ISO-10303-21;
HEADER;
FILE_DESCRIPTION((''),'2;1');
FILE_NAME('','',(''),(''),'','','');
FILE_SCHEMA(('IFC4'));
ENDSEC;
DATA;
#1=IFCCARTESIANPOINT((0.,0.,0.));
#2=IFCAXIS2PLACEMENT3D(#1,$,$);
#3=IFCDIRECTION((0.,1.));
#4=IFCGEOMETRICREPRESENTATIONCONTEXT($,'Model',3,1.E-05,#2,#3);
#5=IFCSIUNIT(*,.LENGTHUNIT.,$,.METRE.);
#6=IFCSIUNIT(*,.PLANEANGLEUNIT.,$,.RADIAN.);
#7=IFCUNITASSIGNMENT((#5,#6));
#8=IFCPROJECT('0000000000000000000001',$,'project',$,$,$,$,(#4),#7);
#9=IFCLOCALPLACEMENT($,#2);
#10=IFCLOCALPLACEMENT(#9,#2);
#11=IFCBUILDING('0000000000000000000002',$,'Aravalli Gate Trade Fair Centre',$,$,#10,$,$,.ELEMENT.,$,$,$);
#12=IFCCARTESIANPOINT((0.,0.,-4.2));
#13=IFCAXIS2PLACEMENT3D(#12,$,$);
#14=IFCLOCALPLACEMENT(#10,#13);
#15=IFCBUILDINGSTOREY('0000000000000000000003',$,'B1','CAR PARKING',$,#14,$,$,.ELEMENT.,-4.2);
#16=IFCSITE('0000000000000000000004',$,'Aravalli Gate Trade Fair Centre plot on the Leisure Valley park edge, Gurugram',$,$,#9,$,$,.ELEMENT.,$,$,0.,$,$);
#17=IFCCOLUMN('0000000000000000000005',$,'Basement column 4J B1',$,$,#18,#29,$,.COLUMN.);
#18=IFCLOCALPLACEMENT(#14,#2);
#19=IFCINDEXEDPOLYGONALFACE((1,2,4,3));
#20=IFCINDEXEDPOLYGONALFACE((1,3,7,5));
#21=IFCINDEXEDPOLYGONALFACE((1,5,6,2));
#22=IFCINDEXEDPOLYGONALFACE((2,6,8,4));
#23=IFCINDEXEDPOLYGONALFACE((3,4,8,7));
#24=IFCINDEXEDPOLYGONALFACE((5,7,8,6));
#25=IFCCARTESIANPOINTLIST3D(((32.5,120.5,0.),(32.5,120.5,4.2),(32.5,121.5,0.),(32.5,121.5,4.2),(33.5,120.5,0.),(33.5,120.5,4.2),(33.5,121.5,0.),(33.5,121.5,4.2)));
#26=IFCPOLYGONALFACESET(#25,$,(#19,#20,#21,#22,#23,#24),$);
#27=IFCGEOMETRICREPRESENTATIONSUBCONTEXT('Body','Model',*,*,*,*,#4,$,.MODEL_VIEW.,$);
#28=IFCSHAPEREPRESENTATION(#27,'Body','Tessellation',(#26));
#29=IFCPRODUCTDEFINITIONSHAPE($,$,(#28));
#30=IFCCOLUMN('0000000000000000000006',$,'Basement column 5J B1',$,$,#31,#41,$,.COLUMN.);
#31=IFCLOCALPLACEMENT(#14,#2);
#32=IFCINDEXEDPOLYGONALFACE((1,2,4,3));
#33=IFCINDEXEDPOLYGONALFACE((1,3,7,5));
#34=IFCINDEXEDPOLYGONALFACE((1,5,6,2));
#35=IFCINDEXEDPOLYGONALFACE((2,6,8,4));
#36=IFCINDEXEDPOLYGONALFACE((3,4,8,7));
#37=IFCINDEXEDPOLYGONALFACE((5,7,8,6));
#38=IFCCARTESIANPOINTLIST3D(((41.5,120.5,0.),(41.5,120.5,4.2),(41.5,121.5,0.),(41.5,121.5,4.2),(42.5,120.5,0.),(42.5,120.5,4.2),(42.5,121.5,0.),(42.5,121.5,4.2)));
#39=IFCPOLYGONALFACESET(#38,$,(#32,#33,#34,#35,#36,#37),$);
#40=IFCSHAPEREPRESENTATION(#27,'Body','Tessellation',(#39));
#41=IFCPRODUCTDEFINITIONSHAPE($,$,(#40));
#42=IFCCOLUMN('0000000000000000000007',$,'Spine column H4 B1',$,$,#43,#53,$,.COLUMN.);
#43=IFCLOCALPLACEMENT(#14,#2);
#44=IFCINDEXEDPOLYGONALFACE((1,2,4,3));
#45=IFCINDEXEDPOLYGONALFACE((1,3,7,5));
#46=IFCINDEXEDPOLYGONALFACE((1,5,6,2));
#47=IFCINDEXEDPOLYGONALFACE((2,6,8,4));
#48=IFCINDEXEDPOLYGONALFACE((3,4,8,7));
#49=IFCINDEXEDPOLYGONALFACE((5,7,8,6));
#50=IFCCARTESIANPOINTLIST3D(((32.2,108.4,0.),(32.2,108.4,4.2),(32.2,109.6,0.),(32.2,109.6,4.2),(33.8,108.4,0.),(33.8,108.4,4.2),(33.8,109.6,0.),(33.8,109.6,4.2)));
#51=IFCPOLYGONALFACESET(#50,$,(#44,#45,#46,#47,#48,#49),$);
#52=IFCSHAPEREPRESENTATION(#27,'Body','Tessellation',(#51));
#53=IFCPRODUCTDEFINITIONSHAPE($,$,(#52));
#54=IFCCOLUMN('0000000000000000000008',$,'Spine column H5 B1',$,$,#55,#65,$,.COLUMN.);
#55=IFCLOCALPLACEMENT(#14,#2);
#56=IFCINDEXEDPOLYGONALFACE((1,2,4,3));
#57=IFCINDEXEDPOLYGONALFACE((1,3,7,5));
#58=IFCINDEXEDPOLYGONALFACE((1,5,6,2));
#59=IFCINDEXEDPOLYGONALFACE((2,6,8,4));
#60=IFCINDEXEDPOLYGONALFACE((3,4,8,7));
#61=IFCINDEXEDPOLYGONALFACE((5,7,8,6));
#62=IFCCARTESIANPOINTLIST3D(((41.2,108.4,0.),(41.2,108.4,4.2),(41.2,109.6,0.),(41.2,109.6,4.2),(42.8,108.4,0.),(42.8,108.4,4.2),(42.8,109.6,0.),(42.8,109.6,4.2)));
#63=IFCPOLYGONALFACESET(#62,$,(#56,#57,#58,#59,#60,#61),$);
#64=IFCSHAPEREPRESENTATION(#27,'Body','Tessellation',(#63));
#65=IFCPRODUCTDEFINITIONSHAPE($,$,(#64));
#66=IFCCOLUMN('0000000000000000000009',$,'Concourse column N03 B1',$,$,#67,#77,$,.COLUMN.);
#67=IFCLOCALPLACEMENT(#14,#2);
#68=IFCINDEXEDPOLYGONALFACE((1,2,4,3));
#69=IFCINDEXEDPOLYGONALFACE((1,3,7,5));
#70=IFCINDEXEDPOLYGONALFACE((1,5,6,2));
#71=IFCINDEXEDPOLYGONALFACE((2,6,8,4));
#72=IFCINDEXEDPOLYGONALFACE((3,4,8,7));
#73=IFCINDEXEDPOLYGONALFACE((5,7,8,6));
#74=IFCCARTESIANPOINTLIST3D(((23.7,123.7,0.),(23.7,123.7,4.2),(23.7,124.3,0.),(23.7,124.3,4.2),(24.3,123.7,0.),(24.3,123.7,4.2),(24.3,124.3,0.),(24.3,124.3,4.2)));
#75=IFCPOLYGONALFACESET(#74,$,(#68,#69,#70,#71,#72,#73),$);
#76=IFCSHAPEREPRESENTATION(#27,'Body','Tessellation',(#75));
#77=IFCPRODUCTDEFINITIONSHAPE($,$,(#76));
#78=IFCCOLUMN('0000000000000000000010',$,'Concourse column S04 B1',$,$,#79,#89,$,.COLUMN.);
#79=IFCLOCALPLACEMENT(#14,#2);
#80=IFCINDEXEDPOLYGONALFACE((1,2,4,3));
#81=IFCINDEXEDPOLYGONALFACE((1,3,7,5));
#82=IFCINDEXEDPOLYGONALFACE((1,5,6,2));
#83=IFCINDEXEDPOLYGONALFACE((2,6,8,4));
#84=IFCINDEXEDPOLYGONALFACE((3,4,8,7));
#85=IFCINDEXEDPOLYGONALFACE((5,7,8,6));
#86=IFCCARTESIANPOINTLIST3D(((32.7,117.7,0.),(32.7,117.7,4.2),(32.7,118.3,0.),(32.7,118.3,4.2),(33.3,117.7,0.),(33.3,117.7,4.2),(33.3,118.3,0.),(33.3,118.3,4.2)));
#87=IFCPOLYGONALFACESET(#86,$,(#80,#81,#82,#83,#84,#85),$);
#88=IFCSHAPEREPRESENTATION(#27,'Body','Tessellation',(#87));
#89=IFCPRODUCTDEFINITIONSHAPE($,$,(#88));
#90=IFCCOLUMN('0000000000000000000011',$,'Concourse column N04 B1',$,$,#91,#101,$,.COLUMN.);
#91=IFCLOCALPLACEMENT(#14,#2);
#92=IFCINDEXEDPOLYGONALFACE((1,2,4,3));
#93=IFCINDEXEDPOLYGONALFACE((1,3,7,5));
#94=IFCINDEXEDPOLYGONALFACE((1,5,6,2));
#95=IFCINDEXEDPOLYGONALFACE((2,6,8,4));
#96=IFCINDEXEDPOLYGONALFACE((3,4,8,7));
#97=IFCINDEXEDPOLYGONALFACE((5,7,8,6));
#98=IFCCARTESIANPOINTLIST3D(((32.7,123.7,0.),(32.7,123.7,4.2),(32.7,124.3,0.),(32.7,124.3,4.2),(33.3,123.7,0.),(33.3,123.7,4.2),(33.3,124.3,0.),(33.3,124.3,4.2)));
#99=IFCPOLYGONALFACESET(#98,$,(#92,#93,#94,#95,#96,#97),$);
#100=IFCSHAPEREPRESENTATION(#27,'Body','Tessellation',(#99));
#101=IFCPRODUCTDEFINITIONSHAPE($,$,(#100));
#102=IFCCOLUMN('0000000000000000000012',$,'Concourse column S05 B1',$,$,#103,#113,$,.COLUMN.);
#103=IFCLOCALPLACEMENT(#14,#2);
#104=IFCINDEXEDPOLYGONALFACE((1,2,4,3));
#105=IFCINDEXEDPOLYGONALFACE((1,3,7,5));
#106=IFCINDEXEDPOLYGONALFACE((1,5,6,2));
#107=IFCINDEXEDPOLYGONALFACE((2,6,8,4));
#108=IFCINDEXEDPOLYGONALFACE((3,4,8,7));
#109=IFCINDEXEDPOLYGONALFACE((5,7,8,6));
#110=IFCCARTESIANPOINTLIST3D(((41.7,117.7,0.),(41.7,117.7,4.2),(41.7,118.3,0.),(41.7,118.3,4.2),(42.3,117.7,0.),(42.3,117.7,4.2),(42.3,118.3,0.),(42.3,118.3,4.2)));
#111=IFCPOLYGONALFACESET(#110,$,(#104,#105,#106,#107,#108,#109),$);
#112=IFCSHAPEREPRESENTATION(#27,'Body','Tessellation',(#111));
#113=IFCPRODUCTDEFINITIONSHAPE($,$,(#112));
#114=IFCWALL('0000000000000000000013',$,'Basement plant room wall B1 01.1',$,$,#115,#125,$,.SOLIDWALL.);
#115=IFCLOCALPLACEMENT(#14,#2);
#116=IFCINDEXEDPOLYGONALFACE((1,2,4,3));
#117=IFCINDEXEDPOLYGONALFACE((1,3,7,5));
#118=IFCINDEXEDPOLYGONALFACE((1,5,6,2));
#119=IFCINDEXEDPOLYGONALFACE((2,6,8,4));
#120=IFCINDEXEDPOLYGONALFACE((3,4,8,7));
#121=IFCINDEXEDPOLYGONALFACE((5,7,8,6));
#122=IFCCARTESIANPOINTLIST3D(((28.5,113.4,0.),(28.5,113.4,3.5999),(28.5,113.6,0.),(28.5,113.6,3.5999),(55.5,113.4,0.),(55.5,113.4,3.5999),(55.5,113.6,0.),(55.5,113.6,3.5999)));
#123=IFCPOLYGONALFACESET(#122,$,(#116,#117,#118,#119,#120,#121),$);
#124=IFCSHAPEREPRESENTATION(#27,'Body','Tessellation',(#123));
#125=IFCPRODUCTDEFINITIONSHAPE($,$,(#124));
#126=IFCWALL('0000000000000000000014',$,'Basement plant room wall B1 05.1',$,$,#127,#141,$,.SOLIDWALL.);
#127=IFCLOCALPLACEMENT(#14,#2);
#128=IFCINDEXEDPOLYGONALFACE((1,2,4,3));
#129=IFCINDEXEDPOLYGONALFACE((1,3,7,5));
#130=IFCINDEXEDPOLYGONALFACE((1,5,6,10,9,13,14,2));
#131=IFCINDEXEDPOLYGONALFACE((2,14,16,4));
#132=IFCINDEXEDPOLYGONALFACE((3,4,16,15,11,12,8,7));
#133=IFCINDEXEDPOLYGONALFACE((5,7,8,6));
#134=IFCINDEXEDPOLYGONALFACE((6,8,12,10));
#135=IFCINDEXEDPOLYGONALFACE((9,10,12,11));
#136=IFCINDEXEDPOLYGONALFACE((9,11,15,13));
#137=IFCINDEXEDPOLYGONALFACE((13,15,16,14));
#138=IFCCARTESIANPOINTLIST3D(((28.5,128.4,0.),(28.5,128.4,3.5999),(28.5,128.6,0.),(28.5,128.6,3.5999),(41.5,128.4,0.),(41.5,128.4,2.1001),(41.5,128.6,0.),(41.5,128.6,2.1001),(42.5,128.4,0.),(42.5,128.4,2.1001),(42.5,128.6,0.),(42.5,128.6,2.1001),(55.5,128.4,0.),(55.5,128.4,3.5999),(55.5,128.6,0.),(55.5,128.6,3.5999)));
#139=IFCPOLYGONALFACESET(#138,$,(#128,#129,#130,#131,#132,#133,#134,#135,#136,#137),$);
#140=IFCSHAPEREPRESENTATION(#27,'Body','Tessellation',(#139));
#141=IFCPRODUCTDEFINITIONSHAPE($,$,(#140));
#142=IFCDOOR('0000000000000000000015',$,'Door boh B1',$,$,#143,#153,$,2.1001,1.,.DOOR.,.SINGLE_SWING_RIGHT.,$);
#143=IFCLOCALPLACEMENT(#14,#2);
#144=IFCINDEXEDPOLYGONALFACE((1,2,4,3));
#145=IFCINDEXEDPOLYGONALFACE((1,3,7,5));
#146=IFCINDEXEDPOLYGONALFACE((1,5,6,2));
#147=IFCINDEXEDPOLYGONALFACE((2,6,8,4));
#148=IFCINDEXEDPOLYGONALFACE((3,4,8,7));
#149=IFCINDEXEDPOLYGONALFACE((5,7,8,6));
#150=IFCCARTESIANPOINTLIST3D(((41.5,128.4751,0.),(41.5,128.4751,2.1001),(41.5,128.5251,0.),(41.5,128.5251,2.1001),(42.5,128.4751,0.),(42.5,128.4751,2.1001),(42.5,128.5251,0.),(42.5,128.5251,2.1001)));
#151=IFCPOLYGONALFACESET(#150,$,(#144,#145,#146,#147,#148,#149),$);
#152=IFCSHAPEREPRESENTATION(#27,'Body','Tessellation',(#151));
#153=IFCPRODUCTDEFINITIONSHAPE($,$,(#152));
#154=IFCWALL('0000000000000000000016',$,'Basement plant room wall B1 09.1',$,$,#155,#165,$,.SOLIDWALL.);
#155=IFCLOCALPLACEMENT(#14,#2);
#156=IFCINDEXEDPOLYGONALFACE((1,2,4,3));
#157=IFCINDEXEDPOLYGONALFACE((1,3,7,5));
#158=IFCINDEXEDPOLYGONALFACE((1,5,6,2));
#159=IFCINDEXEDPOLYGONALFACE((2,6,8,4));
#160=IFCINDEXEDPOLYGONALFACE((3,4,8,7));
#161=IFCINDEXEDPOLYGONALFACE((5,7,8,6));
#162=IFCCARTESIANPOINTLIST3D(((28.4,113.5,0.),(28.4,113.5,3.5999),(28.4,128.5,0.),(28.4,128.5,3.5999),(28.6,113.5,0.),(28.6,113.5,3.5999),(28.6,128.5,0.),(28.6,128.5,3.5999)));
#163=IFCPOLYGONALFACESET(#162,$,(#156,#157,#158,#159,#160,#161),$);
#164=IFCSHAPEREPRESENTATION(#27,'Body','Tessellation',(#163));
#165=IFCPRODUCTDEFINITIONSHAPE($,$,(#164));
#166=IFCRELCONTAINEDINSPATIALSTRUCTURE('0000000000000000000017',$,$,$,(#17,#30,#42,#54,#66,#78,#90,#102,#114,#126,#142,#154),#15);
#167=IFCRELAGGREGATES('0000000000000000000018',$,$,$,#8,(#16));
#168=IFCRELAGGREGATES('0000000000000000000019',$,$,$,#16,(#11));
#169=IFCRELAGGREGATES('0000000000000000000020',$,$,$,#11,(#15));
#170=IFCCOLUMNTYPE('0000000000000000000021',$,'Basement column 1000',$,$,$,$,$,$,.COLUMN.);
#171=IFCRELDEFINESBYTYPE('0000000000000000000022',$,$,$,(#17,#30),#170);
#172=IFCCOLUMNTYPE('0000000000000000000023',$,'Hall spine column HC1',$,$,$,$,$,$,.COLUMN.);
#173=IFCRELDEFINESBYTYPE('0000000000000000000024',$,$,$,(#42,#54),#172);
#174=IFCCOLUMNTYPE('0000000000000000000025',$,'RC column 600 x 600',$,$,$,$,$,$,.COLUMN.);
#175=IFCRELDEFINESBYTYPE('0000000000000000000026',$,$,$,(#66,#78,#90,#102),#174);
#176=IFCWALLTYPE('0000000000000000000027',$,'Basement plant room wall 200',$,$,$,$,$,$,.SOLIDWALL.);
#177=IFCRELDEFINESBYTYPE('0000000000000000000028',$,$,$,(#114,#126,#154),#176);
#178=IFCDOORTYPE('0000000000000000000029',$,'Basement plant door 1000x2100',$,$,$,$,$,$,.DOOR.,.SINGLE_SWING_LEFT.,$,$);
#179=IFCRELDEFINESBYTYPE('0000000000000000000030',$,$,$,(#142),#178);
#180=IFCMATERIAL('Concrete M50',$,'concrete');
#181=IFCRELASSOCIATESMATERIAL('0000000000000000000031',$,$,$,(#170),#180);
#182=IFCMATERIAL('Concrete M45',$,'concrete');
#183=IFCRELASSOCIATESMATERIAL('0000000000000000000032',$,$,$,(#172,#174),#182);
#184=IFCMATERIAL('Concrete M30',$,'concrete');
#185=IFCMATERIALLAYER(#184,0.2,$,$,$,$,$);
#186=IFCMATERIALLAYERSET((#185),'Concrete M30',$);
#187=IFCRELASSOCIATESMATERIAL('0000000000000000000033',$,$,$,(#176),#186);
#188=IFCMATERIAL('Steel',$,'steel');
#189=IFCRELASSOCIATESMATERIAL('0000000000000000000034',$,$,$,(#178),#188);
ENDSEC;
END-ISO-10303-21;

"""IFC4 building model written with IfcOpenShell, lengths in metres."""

from ifc_helpers import new_model, si_unit, direction, frame, frame_2d, origin, origin_2d, place, context, subcontext, project, spatial, rectangle, extrude, material, layer, layer_set, material_profile, profile_set, type_object, element, fill, save


model = new_model("IFC4")

# Units and contexts
model_context = context("Model", 3, precision=1e-05, world=origin(), true_north=direction((0.0, 1.0)))
body_context = subcontext(model_context, "Body", "Model", "MODEL_VIEW")
ifc_project = project(units=[si_unit("LENGTHUNIT", "METRE"), si_unit("PLANEANGLEUNIT", "RADIAN")], contexts=[model_context])

# Site, building, storey
site_placement = place(None, origin())
site = spatial("IfcSite", under=ifc_project, at=site_placement, Name="Aravalli Gate Trade Fair Centre plot on the Leisure Valley park edge, Gurugram", CompositionType="ELEMENT", RefElevation=0.0)
building_placement = place(site_placement, origin())
building = spatial("IfcBuilding", under=site, at=building_placement, Name="Aravalli Gate Trade Fair Centre", CompositionType="ELEMENT")
storey_placement = place(building_placement, frame((0.0, 0.0, -4.2)))
storey = spatial("IfcBuildingStorey", under=building, at=storey_placement, Name="B1", Description="CAR PARKING", CompositionType="ELEMENT", Elevation=-4.2)

# Columns
ifc_material_1 = material(Name="Concrete M50", Category="concrete")
ifc_material_profile_1 = material_profile(ifc_material_1, rectangle(XDim=1.0, YDim=1.0, at=origin_2d()), Name="RC 1000 x 1000")
ifc_profile_set_1 = profile_set([ifc_material_profile_1], Name="Concrete M50")
column_type_1 = type_object("IfcColumnType", Name="Basement column 1000", PredefinedType="COLUMN", material=ifc_profile_set_1)
for number, where, z_axis, x_axis, name in (
    (1, (33.0, 121.0, 0.0), (0.0, 0.0, 1.0), (1.0, 0.0, 0.0), "Basement column 4J B1"),
    (2, (42.0, 121.0, 0.0), (0.0, 0.0, 1.0), (1.0, 0.0, 0.0), "Basement column 5J B1"),
):
    element("IfcColumn", number, at=place(storey_placement, frame(where, z_axis=z_axis, x_axis=x_axis)), inside=storey, type_object=column_type_1, Name=name, PredefinedType="COLUMN", context=body_context, shape_type="SweptSolid", body=[
        extrude(rectangle(XDim=1.0, YDim=1.0, at=origin_2d()), origin(), (0.0, 0.0, 1.0), 4.2),
    ])
ifc_material_2 = material(Name="Concrete M45", Category="concrete")
ifc_material_profile_2 = material_profile(ifc_material_2, rectangle(XDim=1.6001, YDim=1.2, at=origin_2d()), Name="RC 1600x1200")
ifc_profile_set_2 = profile_set([ifc_material_profile_2], Name="Concrete M45")
column_type_2 = type_object("IfcColumnType", Name="Hall spine column HC1", PredefinedType="COLUMN", material=ifc_profile_set_2)
for number, where, z_axis, x_axis, name in (
    (3, (33.0, 109.0, 0.0), (0.0, 0.0, 1.0), (1.0, 0.0, 0.0), "Spine column H4 B1"),
    (4, (42.0, 109.0, 0.0), (0.0, 0.0, 1.0), (1.0, 0.0, 0.0), "Spine column H5 B1"),
):
    element("IfcColumn", number, at=place(storey_placement, frame(where, z_axis=z_axis, x_axis=x_axis)), inside=storey, type_object=column_type_2, Name=name, PredefinedType="COLUMN", context=body_context, shape_type="SweptSolid", body=[
        extrude(rectangle(XDim=1.6001, YDim=1.2, at=origin_2d()), origin(), (0.0, 0.0, 1.0), 4.2),
    ])
ifc_material_profile_3 = material_profile(ifc_material_2, rectangle(XDim=0.6001, YDim=0.6001, at=origin_2d()), Name="RC column 600 x 600")
ifc_profile_set_3 = profile_set([ifc_material_profile_3], Name="Concrete M45")
column_type_3 = type_object("IfcColumnType", Name="RC column 600 x 600", PredefinedType="COLUMN", material=ifc_profile_set_3)
for number, where, z_axis, x_axis, name in (
    (5, (24.0, 124.0, 0.0), (0.0, 0.0, 1.0), (1.0, 0.0, 0.0), "Concourse column N03 B1"),
    (6, (33.0, 118.0, 0.0), (0.0, 0.0, 1.0), (1.0, 0.0, 0.0), "Concourse column S04 B1"),
    (7, (33.0, 124.0, 0.0), (0.0, 0.0, 1.0), (1.0, 0.0, 0.0), "Concourse column N04 B1"),
    (8, (42.0, 118.0, 0.0), (0.0, 0.0, 1.0), (1.0, 0.0, 0.0), "Concourse column S05 B1"),
):
    element("IfcColumn", number, at=place(storey_placement, frame(where, z_axis=z_axis, x_axis=x_axis)), inside=storey, type_object=column_type_3, Name=name, PredefinedType="COLUMN", context=body_context, shape_type="SweptSolid", body=[
        extrude(rectangle(XDim=0.6001, YDim=0.6001, at=origin_2d()), origin(), (0.0, 0.0, 1.0), 4.2),
    ])

# Wall
ifc_material_3 = material(Name="Concrete M30", Category="concrete")
ifc_layer_1 = layer(ifc_material_3, 0.2)
ifc_layer_set_1 = layer_set([ifc_layer_1], Name="Concrete M30")
wall_type_1 = type_object("IfcWallType", Name="Basement plant room wall 200", PredefinedType="SOLIDWALL", material=ifc_layer_set_1)
wall_1_placement = place(storey_placement, frame((28.5, 113.5, 0.0), z_axis=(0.0, 0.0, 1.0), x_axis=(1.0, 0.0, 0.0)))
element("IfcWall", 9, at=wall_1_placement, inside=storey, type_object=wall_type_1, Name="Basement plant room wall B1 01.1", PredefinedType="SOLIDWALL", context=body_context, shape_type="SweptSolid", body=[
    extrude(rectangle(XDim=27.0, YDim=0.2, at=frame_2d((13.5, 0.0))), origin(), (0.0, 0.0, 1.0), 3.5999),
])

# Wall, opening, door
wall_2_placement = place(storey_placement, frame((28.5, 128.5, 0.0), z_axis=(0.0, 0.0, 1.0), x_axis=(1.0, 0.0, 0.0)))
wall_2 = element("IfcWall", 10, at=wall_2_placement, inside=storey, type_object=wall_type_1, Name="Basement plant room wall B1 05.1", PredefinedType="SOLIDWALL", context=body_context, shape_type="SweptSolid", body=[
    extrude(rectangle(XDim=27.0, YDim=0.2, at=frame_2d((13.5, 0.0))), origin(), (0.0, 0.0, 1.0), 3.5999),
])
opening_1_placement = place(wall_2_placement, frame((13.0, 0.0, 0.0)))
opening_1 = element("IfcOpeningElement", 11, at=opening_1_placement, cuts=wall_2, PredefinedType="OPENING", context=body_context, shape_type="SweptSolid", body=[
    extrude(rectangle(XDim=1.0, YDim=2.1001, at=frame_2d((0.5, 1.05))), frame((0.0, 0.1099, 0.0), z_axis=(0.0, -1.0, 0.0), x_axis=(1.0, 0.0, 0.0)), (0.0, 0.0, 1.0), 0.22),
])
ifc_material_4 = material(Name="Steel", Category="steel")
door_type_1 = type_object("IfcDoorType", Name="Basement plant door 1000x2100", OperationType="SINGLE_SWING_LEFT", PredefinedType="DOOR", material=ifc_material_4)
door_1_placement = place(opening_1_placement, frame((1.0, 0.0, 0.0), z_axis=(0.0, 0.0, 1.0), x_axis=(-1.0, 0.0, 0.0)))
door_1 = element("IfcDoor", 12, at=door_1_placement, inside=storey, type_object=door_type_1, Name="Door boh B1", OperationType="SINGLE_SWING_RIGHT", OverallHeight=2.1001, OverallWidth=1.0, PredefinedType="DOOR", context=body_context, shape_type="SweptSolid", body=[
    extrude(rectangle(XDim=1.0, YDim=2.1001, at=frame_2d((0.5, 1.05))), frame((0.0, 0.0249, 0.0), z_axis=(0.0, -1.0, 0.0), x_axis=(1.0, 0.0, 0.0)), (0.0, 0.0, 1.0), 0.05),
])
fill(opening_1, door_1)

# Wall
wall_3_placement = place(storey_placement, frame((28.5, 113.5, 0.0), z_axis=(0.0, 0.0, 1.0), x_axis=(0.0, 1.0, 0.0)))
element("IfcWall", 13, at=wall_3_placement, inside=storey, type_object=wall_type_1, Name="Basement plant room wall B1 09.1", PredefinedType="SOLIDWALL", context=body_context, shape_type="SweptSolid", body=[
    extrude(rectangle(XDim=15.0, YDim=0.2, at=frame_2d((7.5, 0.0))), origin(), (0.0, 0.0, 1.0), 3.5999),
])

save(model, "model.ifc")
